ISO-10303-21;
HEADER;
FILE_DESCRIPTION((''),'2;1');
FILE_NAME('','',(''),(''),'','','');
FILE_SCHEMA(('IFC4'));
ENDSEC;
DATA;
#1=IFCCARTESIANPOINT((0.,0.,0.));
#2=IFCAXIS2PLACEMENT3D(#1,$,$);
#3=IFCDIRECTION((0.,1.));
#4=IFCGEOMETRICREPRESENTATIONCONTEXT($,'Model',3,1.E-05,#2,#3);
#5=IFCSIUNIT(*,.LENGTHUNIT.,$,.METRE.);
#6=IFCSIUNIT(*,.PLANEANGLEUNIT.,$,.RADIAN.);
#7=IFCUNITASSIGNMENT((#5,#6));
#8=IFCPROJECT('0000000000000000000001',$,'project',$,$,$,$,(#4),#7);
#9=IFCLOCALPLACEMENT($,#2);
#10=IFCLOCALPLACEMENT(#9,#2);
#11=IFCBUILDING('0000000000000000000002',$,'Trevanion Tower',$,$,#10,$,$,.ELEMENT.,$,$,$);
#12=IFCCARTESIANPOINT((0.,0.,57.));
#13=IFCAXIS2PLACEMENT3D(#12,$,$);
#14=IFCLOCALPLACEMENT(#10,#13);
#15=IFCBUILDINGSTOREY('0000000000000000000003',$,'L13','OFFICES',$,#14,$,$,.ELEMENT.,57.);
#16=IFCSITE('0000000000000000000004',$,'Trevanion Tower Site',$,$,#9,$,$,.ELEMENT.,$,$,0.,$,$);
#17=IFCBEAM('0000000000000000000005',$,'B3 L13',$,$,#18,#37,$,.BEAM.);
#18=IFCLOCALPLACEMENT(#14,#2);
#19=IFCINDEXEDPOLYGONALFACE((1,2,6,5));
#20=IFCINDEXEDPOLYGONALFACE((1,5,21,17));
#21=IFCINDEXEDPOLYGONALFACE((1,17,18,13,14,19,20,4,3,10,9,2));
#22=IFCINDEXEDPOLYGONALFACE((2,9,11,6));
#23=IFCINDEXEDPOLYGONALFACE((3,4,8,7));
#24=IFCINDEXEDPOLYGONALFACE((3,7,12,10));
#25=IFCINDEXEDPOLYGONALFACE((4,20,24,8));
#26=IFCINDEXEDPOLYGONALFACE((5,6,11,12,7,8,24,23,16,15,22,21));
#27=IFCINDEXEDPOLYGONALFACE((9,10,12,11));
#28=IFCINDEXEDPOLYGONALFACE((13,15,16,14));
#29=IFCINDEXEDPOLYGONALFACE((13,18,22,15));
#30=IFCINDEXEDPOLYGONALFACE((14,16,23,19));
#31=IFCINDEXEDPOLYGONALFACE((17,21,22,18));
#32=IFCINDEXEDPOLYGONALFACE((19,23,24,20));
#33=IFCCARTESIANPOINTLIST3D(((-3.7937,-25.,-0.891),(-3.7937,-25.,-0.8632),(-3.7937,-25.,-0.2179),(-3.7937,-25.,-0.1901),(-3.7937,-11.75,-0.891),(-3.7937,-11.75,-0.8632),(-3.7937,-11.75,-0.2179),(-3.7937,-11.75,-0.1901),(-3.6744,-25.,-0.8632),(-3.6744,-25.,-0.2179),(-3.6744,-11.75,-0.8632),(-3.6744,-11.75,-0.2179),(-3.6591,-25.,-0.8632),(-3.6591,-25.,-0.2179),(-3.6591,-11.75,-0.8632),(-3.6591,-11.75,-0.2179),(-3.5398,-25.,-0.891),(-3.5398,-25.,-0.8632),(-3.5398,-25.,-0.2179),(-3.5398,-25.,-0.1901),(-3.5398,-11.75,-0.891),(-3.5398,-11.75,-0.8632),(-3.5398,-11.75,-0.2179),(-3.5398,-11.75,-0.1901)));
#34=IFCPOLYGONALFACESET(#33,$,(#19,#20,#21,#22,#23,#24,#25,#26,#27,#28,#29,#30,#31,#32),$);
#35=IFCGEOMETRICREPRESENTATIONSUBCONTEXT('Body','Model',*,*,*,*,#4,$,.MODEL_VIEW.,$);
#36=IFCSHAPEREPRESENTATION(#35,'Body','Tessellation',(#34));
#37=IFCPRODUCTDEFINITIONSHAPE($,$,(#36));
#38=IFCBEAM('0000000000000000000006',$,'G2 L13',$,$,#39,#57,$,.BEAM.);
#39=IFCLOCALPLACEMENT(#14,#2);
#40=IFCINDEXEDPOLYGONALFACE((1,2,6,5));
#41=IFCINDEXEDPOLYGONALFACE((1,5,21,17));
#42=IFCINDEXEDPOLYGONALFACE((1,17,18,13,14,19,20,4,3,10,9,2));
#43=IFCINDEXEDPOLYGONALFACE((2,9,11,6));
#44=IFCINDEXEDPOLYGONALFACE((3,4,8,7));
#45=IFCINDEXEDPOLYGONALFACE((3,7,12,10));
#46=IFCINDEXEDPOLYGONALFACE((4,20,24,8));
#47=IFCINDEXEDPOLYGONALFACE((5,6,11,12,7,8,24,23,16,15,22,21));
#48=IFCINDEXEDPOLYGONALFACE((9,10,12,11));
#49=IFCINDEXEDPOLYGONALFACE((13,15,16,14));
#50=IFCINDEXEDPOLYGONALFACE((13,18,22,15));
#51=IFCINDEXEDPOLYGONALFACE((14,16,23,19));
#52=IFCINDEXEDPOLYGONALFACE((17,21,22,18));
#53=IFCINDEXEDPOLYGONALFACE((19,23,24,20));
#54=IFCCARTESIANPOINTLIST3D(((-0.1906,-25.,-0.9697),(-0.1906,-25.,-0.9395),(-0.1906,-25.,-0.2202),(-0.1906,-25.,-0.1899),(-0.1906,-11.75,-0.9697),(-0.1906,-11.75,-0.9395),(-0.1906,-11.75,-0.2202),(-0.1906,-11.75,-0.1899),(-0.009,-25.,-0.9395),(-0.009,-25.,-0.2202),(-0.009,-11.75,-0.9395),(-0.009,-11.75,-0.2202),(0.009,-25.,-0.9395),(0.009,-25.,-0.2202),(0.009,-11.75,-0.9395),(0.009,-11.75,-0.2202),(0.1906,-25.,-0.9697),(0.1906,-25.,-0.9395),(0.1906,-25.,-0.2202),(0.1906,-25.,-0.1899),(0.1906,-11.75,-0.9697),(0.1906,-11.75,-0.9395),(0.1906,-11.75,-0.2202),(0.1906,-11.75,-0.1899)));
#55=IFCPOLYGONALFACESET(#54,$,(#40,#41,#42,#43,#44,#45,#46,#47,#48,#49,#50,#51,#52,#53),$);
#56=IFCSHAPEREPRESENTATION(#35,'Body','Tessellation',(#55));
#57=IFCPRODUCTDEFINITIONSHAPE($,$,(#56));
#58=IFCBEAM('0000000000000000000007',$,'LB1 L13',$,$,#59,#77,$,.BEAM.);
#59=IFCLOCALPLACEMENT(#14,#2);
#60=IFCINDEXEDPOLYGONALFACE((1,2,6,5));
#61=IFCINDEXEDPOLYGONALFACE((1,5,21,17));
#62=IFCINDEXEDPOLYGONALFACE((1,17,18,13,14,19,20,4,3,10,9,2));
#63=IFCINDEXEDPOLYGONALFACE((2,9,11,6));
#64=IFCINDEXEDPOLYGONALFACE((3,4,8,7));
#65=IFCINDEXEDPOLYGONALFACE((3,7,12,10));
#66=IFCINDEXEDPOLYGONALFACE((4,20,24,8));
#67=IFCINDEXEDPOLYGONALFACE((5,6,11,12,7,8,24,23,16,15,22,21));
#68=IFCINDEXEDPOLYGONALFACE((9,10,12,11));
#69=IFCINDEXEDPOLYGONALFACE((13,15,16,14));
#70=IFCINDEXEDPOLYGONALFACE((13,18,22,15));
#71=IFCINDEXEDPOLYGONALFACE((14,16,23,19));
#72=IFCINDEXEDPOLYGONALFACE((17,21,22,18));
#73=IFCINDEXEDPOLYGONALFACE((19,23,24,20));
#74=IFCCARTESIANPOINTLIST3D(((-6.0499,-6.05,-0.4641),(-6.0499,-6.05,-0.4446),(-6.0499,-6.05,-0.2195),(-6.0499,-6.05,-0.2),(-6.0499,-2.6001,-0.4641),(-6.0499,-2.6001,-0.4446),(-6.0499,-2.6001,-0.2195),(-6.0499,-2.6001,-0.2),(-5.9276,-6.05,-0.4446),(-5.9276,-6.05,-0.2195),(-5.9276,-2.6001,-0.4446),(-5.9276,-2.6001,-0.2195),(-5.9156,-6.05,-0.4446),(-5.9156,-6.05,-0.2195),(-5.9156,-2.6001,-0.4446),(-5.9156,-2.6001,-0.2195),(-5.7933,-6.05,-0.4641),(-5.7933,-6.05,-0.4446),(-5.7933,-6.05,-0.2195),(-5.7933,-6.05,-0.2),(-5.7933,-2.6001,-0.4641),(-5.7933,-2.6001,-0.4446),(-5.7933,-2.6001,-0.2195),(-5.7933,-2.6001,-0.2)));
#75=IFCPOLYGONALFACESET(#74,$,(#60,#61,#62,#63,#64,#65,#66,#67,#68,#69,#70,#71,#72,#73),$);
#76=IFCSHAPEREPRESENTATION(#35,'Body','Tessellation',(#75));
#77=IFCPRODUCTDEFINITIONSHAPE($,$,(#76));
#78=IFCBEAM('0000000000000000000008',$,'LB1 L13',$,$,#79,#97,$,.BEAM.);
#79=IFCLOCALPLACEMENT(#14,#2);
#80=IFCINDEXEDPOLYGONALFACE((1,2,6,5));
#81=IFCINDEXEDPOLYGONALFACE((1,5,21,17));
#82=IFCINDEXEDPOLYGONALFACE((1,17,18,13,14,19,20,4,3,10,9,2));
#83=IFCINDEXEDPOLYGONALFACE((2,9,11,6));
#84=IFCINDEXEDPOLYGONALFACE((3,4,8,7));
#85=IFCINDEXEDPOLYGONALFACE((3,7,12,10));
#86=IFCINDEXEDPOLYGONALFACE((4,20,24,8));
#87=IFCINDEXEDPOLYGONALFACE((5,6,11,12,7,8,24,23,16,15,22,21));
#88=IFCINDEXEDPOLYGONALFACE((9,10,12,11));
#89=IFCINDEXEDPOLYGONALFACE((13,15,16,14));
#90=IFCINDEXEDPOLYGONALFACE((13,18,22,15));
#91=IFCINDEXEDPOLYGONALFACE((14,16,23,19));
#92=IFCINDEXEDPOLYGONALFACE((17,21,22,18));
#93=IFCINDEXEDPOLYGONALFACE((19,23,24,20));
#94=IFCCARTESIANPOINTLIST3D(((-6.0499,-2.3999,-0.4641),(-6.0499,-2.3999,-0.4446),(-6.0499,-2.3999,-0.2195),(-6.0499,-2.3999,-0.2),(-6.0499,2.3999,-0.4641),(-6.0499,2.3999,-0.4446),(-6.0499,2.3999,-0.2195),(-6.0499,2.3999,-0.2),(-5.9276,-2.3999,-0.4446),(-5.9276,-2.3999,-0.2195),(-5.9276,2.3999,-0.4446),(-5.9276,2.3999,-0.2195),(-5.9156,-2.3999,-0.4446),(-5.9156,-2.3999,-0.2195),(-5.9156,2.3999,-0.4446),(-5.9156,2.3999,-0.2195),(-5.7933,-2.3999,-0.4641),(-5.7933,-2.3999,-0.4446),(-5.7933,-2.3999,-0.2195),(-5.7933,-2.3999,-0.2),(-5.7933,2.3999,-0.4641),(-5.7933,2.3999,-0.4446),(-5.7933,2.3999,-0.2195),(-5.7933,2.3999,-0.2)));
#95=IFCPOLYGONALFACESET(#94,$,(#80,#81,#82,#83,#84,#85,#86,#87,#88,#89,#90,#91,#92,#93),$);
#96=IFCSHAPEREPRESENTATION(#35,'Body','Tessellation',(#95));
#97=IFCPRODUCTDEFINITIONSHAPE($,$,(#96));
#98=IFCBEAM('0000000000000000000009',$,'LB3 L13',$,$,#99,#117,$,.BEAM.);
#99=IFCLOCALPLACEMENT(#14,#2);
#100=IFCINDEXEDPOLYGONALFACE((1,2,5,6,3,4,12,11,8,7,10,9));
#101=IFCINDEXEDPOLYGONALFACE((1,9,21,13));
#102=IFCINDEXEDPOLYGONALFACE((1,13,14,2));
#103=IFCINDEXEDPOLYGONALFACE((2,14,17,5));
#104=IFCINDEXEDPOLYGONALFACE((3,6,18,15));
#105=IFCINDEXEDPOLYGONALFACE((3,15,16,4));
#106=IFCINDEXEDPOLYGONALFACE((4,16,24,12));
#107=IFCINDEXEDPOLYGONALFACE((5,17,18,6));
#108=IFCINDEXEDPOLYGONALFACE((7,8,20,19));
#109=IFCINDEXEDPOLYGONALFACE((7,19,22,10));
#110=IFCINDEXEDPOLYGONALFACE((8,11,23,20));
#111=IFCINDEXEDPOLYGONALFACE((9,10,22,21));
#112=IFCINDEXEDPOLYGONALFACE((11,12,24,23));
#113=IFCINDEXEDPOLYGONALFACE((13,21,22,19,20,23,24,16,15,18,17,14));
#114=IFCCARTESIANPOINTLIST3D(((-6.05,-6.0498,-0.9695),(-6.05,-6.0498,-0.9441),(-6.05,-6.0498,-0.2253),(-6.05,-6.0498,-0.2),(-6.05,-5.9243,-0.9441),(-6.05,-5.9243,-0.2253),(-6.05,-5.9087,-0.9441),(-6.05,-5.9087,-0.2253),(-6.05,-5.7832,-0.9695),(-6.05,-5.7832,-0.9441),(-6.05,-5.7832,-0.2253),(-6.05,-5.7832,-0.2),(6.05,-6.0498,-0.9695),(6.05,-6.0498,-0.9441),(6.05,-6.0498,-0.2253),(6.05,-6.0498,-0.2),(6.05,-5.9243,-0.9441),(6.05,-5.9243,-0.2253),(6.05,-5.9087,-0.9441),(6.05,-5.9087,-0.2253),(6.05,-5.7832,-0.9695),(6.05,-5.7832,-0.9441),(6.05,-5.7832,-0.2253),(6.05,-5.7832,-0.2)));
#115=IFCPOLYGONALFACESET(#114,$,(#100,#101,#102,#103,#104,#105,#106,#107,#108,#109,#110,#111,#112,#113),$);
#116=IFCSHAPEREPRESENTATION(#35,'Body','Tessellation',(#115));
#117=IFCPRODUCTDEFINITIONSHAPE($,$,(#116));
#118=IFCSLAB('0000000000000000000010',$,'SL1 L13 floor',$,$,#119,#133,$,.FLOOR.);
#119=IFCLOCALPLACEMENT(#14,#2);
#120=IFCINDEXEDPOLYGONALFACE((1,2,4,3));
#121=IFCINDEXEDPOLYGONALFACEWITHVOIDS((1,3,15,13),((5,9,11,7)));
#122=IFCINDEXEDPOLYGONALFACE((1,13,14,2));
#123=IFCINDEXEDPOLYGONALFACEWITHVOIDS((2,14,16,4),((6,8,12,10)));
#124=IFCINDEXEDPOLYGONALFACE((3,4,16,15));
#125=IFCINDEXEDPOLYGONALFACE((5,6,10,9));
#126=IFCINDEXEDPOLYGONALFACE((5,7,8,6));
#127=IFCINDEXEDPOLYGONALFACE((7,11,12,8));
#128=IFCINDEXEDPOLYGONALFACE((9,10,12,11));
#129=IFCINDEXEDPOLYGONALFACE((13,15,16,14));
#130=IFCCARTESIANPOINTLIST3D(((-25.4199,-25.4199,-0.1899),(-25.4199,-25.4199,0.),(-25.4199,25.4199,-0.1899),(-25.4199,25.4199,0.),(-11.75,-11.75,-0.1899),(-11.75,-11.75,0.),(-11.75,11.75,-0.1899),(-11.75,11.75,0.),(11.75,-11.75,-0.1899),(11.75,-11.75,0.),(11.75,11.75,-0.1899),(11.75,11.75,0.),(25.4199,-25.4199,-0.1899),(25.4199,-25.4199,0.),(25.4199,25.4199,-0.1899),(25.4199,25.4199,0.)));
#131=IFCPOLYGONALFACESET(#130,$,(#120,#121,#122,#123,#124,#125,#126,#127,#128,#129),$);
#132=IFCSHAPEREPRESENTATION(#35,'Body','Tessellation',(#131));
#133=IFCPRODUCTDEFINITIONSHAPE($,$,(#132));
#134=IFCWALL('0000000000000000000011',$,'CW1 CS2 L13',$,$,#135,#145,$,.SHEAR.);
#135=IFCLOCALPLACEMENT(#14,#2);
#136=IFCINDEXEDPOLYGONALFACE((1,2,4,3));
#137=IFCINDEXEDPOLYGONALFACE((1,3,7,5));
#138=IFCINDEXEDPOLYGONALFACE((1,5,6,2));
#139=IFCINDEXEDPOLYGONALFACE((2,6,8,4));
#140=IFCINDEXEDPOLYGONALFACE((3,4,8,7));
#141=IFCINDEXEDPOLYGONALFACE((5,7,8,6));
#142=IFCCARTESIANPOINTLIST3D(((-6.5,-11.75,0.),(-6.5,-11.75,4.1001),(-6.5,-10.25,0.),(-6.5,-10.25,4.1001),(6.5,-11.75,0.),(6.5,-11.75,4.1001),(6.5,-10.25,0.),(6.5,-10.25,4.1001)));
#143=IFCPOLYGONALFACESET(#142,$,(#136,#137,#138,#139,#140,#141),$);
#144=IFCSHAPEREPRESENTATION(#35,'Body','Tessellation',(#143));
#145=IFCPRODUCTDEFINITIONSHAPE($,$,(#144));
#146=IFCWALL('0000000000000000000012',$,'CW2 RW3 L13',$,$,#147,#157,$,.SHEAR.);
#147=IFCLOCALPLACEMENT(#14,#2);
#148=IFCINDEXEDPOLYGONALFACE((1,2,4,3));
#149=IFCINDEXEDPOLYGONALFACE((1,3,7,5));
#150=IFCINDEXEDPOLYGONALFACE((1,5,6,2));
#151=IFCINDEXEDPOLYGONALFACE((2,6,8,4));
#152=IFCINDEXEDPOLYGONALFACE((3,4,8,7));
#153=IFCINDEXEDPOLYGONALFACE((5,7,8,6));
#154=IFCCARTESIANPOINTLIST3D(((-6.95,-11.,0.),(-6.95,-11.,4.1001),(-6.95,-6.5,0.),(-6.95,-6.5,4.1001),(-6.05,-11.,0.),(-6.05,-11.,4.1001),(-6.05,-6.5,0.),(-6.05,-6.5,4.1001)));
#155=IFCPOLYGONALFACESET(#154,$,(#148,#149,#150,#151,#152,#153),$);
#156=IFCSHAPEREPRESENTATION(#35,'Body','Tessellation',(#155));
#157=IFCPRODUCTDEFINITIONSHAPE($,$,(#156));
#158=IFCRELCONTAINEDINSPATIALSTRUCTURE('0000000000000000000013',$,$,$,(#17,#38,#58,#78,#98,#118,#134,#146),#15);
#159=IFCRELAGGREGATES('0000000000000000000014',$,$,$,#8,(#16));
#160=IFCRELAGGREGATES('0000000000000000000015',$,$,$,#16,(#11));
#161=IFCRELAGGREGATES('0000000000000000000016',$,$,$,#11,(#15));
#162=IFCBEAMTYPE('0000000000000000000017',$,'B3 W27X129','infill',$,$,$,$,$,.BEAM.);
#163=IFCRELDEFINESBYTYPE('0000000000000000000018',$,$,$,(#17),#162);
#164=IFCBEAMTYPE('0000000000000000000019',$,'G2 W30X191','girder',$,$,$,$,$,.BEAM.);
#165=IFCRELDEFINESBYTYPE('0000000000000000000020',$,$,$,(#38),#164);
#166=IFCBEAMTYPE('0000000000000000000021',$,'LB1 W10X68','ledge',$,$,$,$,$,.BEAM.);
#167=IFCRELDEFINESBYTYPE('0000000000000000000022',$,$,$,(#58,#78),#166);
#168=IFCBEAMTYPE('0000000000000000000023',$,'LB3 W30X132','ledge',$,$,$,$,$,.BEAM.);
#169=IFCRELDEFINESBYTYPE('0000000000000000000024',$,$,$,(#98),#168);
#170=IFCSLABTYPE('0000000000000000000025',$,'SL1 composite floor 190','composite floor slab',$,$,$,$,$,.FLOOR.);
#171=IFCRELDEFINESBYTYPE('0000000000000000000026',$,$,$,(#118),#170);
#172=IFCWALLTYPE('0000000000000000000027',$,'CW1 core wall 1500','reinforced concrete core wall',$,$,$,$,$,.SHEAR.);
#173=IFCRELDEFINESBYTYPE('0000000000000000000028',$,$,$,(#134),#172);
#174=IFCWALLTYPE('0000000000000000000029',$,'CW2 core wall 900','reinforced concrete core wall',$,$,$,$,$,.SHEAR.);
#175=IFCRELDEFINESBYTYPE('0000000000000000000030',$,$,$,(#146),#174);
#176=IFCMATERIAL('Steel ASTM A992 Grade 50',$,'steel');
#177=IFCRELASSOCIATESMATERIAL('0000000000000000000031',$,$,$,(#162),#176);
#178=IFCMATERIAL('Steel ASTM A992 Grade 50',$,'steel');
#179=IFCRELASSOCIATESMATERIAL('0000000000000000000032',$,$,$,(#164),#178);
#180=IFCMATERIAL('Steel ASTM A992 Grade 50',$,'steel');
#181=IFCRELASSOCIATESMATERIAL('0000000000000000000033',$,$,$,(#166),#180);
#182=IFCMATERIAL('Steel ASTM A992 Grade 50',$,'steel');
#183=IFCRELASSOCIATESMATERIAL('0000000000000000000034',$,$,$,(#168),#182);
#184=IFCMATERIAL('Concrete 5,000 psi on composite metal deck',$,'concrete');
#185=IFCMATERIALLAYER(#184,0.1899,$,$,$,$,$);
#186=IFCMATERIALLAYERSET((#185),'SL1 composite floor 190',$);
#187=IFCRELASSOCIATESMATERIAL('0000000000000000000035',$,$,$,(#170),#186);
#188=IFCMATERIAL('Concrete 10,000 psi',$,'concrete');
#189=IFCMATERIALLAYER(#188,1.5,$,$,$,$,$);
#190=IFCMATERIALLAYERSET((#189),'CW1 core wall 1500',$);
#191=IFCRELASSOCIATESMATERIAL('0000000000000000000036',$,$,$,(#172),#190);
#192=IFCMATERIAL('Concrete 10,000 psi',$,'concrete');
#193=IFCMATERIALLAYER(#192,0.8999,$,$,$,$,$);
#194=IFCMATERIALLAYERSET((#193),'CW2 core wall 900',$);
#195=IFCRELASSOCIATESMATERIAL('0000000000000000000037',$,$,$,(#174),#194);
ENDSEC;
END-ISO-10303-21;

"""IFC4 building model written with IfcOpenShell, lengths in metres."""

from ifc_helpers import new_model, si_unit, direction, frame, frame_2d, origin, origin_2d, place, context, subcontext, project, spatial, polyline, rectangle, i_section, outline, extrude, material, layer, layer_set, material_profile, profile_set, type_object, element, save


model = new_model("IFC4")

# Units and contexts
model_context = context("Model", 3, precision=1e-05, world=origin(), true_north=direction((0.0, 1.0)))
body_context = subcontext(model_context, "Body", "Model", "MODEL_VIEW")
ifc_project = project(units=[si_unit("LENGTHUNIT", "METRE"), si_unit("PLANEANGLEUNIT", "RADIAN")], contexts=[model_context])

# Site, building, storey
site_placement = place(None, origin())
site = spatial("IfcSite", under=ifc_project, at=site_placement, Name="Trevanion Tower Site", CompositionType="ELEMENT", RefElevation=0.0)
building_placement = place(site_placement, origin())
building = spatial("IfcBuilding", under=site, at=building_placement, Name="Trevanion Tower", CompositionType="ELEMENT")
storey_placement = place(building_placement, frame((0.0, 0.0, 57.0)))
storey = spatial("IfcBuildingStorey", under=building, at=storey_placement, Name="L13", Description="OFFICES", CompositionType="ELEMENT", Elevation=57.0)

# Beams
ifc_material_1 = material(Name="Steel ASTM A992 Grade 50", Category="steel")
ifc_material_profile_1 = material_profile(ifc_material_1, i_section(OverallWidth=0.2539, OverallDepth=0.7009, WebThickness=0.0154, FlangeThickness=0.0278, at=origin_2d()), Name="W27X129")
ifc_profile_set_1 = profile_set([ifc_material_profile_1], Name="Steel ASTM A992 Grade 50")
beam_type_1 = type_object("IfcBeamType", Name="B3 W27X129", Description="infill", PredefinedType="BEAM", material=ifc_profile_set_1)
beam_1_placement = place(storey_placement, frame((-3.6667, -11.75, -0.5405), z_axis=(0.0, -1.0, 0.0), x_axis=(1.0, 0.0, 0.0)))
element("IfcBeam", 1, at=beam_1_placement, inside=storey, type_object=beam_type_1, Name="B3 L13", PredefinedType="BEAM", context=body_context, shape_type="SweptSolid", body=[
    extrude(i_section(OverallWidth=0.2539, OverallDepth=0.7009, WebThickness=0.0154, FlangeThickness=0.0278, at=origin_2d()), origin(), (0.0, 0.0, 1.0), 13.25),
])
ifc_material_2 = material(Name="Steel ASTM A992 Grade 50", Category="steel")
ifc_material_profile_2 = material_profile(ifc_material_2, i_section(OverallWidth=0.3811, OverallDepth=0.7798, WebThickness=0.0181, FlangeThickness=0.0303, at=origin_2d()), Name="W30X191")
ifc_profile_set_2 = profile_set([ifc_material_profile_2], Name="Steel ASTM A992 Grade 50")
beam_type_2 = type_object("IfcBeamType", Name="G2 W30X191", Description="girder", PredefinedType="BEAM", material=ifc_profile_set_2)
beam_2_placement = place(storey_placement, frame((0.0, -11.75, -0.5798), z_axis=(0.0, -1.0, 0.0), x_axis=(1.0, 0.0, 0.0)))
element("IfcBeam", 2, at=beam_2_placement, inside=storey, type_object=beam_type_2, Name="G2 L13", PredefinedType="BEAM", context=body_context, shape_type="SweptSolid", body=[
    extrude(i_section(OverallWidth=0.3811, OverallDepth=0.7798, WebThickness=0.0181, FlangeThickness=0.0303, at=origin_2d()), origin(), (0.0, 0.0, 1.0), 13.25),
])
ifc_material_3 = material(Name="Steel ASTM A992 Grade 50", Category="steel")
ifc_material_profile_3 = material_profile(ifc_material_3, i_section(OverallWidth=0.2566, OverallDepth=0.2642, WebThickness=0.012, FlangeThickness=0.0195, at=origin_2d()), Name="W10X68")
ifc_profile_set_3 = profile_set([ifc_material_profile_3], Name="Steel ASTM A992 Grade 50")
beam_type_3 = type_object("IfcBeamType", Name="LB1 W10X68", Description="ledge", PredefinedType="BEAM", material=ifc_profile_set_3)
beam_3_placement = place(storey_placement, frame((-5.9216, -6.05, -0.332), z_axis=(0.0, 1.0, 0.0), x_axis=(-1.0, 0.0, 0.0)))
element("IfcBeam", 3, at=beam_3_placement, inside=storey, type_object=beam_type_3, Name="LB1 L13", PredefinedType="BEAM", context=body_context, shape_type="SweptSolid", body=[
    extrude(i_section(OverallWidth=0.2566, OverallDepth=0.2642, WebThickness=0.012, FlangeThickness=0.0195, at=origin_2d()), origin(), (0.0, 0.0, 1.0), 3.45),
])
beam_4_placement = place(storey_placement, frame((-5.9216, -2.3999, -0.332), z_axis=(0.0, 1.0, 0.0), x_axis=(-1.0, 0.0, 0.0)))
element("IfcBeam", 4, at=beam_4_placement, inside=storey, type_object=beam_type_3, Name="LB1 L13", PredefinedType="BEAM", context=body_context, shape_type="SweptSolid", body=[
    extrude(i_section(OverallWidth=0.2566, OverallDepth=0.2642, WebThickness=0.012, FlangeThickness=0.0195, at=origin_2d()), origin(), (0.0, 0.0, 1.0), 4.7998),
])
ifc_material_4 = material(Name="Steel ASTM A992 Grade 50", Category="steel")
ifc_material_profile_4 = material_profile(ifc_material_4, i_section(OverallWidth=0.2666, OverallDepth=0.7695, WebThickness=0.0156, FlangeThickness=0.0254, at=origin_2d()), Name="W30X132")
ifc_profile_set_4 = profile_set([ifc_material_profile_4], Name="Steel ASTM A992 Grade 50")
beam_type_4 = type_object("IfcBeamType", Name="LB3 W30X132", Description="ledge", PredefinedType="BEAM", material=ifc_profile_set_4)
beam_5_placement = place(storey_placement, frame((-6.05, -5.9165, -0.5847), z_axis=(1.0, 0.0, 0.0), x_axis=(0.0, 1.0, 0.0)))
element("IfcBeam", 5, at=beam_5_placement, inside=storey, type_object=beam_type_4, Name="LB3 L13", PredefinedType="BEAM", context=body_context, shape_type="SweptSolid", body=[
    extrude(i_section(OverallWidth=0.2666, OverallDepth=0.7695, WebThickness=0.0156, FlangeThickness=0.0254, at=origin_2d()), origin(), (0.0, 0.0, 1.0), 12.1001),
])

# Slab
ifc_material_5 = material(Name="Concrete 5,000 psi on composite metal deck", Category="concrete")
ifc_layer_1 = layer(ifc_material_5, 0.1899)
ifc_layer_set_1 = layer_set([ifc_layer_1], Name="SL1 composite floor 190")
slab_type = type_object("IfcSlabType", Name="SL1 composite floor 190", Description="composite floor slab", PredefinedType="FLOOR", material=ifc_layer_set_1)
slab_placement = place(storey_placement, frame((0.0, 0.0, -0.1899)))
element("IfcSlab", 6, at=slab_placement, inside=storey, type_object=slab_type, Name="SL1 L13 floor", PredefinedType="FLOOR", context=body_context, shape_type="SweptSolid", body=[
    extrude(outline(polyline([(25.4199, -25.4199), (25.4199, 25.4199), (-25.4199, 25.4199), (-25.4199, -25.4199), (25.4199, -25.4199)]), holes=[polyline([(11.75, -11.75), (11.75, 11.75), (-11.75, 11.75), (-11.75, -11.75), (11.75, -11.75)])]), origin(), (0.0, 0.0, 1.0), 0.1899),
])

# Walls
ifc_material_6 = material(Name="Concrete 10,000 psi", Category="concrete")
ifc_layer_2 = layer(ifc_material_6, 1.5)
ifc_layer_set_2 = layer_set([ifc_layer_2], Name="CW1 core wall 1500")
wall_type_1 = type_object("IfcWallType", Name="CW1 core wall 1500", Description="reinforced concrete core wall", PredefinedType="SHEAR", material=ifc_layer_set_2)
wall_1_placement = place(storey_placement, frame((-6.5, -11.0, 0.0), z_axis=(0.0, 0.0, 1.0), x_axis=(1.0, 0.0, 0.0)))
element("IfcWall", 7, at=wall_1_placement, inside=storey, type_object=wall_type_1, Name="CW1 CS2 L13", PredefinedType="SHEAR", context=body_context, shape_type="SweptSolid", body=[
    extrude(rectangle(XDim=13.0, YDim=1.5, at=frame_2d((6.5, 0.0))), origin(), (0.0, 0.0, 1.0), 4.1001),
])
ifc_material_7 = material(Name="Concrete 10,000 psi", Category="concrete")
ifc_layer_3 = layer(ifc_material_7, 0.8999)
ifc_layer_set_3 = layer_set([ifc_layer_3], Name="CW2 core wall 900")
wall_type_2 = type_object("IfcWallType", Name="CW2 core wall 900", Description="reinforced concrete core wall", PredefinedType="SHEAR", material=ifc_layer_set_3)
wall_2_placement = place(storey_placement, frame((-6.5, -6.5, 0.0), z_axis=(0.0, 0.0, 1.0), x_axis=(0.0, -1.0, 0.0)))
element("IfcWall", 8, at=wall_2_placement, inside=storey, type_object=wall_type_2, Name="CW2 RW3 L13", PredefinedType="SHEAR", context=body_context, shape_type="SweptSolid", body=[
    extrude(rectangle(XDim=4.5, YDim=0.8999, at=frame_2d((2.25, 0.0))), origin(), (0.0, 0.0, 1.0), 4.1001),
])

save(model, "model.ifc")
